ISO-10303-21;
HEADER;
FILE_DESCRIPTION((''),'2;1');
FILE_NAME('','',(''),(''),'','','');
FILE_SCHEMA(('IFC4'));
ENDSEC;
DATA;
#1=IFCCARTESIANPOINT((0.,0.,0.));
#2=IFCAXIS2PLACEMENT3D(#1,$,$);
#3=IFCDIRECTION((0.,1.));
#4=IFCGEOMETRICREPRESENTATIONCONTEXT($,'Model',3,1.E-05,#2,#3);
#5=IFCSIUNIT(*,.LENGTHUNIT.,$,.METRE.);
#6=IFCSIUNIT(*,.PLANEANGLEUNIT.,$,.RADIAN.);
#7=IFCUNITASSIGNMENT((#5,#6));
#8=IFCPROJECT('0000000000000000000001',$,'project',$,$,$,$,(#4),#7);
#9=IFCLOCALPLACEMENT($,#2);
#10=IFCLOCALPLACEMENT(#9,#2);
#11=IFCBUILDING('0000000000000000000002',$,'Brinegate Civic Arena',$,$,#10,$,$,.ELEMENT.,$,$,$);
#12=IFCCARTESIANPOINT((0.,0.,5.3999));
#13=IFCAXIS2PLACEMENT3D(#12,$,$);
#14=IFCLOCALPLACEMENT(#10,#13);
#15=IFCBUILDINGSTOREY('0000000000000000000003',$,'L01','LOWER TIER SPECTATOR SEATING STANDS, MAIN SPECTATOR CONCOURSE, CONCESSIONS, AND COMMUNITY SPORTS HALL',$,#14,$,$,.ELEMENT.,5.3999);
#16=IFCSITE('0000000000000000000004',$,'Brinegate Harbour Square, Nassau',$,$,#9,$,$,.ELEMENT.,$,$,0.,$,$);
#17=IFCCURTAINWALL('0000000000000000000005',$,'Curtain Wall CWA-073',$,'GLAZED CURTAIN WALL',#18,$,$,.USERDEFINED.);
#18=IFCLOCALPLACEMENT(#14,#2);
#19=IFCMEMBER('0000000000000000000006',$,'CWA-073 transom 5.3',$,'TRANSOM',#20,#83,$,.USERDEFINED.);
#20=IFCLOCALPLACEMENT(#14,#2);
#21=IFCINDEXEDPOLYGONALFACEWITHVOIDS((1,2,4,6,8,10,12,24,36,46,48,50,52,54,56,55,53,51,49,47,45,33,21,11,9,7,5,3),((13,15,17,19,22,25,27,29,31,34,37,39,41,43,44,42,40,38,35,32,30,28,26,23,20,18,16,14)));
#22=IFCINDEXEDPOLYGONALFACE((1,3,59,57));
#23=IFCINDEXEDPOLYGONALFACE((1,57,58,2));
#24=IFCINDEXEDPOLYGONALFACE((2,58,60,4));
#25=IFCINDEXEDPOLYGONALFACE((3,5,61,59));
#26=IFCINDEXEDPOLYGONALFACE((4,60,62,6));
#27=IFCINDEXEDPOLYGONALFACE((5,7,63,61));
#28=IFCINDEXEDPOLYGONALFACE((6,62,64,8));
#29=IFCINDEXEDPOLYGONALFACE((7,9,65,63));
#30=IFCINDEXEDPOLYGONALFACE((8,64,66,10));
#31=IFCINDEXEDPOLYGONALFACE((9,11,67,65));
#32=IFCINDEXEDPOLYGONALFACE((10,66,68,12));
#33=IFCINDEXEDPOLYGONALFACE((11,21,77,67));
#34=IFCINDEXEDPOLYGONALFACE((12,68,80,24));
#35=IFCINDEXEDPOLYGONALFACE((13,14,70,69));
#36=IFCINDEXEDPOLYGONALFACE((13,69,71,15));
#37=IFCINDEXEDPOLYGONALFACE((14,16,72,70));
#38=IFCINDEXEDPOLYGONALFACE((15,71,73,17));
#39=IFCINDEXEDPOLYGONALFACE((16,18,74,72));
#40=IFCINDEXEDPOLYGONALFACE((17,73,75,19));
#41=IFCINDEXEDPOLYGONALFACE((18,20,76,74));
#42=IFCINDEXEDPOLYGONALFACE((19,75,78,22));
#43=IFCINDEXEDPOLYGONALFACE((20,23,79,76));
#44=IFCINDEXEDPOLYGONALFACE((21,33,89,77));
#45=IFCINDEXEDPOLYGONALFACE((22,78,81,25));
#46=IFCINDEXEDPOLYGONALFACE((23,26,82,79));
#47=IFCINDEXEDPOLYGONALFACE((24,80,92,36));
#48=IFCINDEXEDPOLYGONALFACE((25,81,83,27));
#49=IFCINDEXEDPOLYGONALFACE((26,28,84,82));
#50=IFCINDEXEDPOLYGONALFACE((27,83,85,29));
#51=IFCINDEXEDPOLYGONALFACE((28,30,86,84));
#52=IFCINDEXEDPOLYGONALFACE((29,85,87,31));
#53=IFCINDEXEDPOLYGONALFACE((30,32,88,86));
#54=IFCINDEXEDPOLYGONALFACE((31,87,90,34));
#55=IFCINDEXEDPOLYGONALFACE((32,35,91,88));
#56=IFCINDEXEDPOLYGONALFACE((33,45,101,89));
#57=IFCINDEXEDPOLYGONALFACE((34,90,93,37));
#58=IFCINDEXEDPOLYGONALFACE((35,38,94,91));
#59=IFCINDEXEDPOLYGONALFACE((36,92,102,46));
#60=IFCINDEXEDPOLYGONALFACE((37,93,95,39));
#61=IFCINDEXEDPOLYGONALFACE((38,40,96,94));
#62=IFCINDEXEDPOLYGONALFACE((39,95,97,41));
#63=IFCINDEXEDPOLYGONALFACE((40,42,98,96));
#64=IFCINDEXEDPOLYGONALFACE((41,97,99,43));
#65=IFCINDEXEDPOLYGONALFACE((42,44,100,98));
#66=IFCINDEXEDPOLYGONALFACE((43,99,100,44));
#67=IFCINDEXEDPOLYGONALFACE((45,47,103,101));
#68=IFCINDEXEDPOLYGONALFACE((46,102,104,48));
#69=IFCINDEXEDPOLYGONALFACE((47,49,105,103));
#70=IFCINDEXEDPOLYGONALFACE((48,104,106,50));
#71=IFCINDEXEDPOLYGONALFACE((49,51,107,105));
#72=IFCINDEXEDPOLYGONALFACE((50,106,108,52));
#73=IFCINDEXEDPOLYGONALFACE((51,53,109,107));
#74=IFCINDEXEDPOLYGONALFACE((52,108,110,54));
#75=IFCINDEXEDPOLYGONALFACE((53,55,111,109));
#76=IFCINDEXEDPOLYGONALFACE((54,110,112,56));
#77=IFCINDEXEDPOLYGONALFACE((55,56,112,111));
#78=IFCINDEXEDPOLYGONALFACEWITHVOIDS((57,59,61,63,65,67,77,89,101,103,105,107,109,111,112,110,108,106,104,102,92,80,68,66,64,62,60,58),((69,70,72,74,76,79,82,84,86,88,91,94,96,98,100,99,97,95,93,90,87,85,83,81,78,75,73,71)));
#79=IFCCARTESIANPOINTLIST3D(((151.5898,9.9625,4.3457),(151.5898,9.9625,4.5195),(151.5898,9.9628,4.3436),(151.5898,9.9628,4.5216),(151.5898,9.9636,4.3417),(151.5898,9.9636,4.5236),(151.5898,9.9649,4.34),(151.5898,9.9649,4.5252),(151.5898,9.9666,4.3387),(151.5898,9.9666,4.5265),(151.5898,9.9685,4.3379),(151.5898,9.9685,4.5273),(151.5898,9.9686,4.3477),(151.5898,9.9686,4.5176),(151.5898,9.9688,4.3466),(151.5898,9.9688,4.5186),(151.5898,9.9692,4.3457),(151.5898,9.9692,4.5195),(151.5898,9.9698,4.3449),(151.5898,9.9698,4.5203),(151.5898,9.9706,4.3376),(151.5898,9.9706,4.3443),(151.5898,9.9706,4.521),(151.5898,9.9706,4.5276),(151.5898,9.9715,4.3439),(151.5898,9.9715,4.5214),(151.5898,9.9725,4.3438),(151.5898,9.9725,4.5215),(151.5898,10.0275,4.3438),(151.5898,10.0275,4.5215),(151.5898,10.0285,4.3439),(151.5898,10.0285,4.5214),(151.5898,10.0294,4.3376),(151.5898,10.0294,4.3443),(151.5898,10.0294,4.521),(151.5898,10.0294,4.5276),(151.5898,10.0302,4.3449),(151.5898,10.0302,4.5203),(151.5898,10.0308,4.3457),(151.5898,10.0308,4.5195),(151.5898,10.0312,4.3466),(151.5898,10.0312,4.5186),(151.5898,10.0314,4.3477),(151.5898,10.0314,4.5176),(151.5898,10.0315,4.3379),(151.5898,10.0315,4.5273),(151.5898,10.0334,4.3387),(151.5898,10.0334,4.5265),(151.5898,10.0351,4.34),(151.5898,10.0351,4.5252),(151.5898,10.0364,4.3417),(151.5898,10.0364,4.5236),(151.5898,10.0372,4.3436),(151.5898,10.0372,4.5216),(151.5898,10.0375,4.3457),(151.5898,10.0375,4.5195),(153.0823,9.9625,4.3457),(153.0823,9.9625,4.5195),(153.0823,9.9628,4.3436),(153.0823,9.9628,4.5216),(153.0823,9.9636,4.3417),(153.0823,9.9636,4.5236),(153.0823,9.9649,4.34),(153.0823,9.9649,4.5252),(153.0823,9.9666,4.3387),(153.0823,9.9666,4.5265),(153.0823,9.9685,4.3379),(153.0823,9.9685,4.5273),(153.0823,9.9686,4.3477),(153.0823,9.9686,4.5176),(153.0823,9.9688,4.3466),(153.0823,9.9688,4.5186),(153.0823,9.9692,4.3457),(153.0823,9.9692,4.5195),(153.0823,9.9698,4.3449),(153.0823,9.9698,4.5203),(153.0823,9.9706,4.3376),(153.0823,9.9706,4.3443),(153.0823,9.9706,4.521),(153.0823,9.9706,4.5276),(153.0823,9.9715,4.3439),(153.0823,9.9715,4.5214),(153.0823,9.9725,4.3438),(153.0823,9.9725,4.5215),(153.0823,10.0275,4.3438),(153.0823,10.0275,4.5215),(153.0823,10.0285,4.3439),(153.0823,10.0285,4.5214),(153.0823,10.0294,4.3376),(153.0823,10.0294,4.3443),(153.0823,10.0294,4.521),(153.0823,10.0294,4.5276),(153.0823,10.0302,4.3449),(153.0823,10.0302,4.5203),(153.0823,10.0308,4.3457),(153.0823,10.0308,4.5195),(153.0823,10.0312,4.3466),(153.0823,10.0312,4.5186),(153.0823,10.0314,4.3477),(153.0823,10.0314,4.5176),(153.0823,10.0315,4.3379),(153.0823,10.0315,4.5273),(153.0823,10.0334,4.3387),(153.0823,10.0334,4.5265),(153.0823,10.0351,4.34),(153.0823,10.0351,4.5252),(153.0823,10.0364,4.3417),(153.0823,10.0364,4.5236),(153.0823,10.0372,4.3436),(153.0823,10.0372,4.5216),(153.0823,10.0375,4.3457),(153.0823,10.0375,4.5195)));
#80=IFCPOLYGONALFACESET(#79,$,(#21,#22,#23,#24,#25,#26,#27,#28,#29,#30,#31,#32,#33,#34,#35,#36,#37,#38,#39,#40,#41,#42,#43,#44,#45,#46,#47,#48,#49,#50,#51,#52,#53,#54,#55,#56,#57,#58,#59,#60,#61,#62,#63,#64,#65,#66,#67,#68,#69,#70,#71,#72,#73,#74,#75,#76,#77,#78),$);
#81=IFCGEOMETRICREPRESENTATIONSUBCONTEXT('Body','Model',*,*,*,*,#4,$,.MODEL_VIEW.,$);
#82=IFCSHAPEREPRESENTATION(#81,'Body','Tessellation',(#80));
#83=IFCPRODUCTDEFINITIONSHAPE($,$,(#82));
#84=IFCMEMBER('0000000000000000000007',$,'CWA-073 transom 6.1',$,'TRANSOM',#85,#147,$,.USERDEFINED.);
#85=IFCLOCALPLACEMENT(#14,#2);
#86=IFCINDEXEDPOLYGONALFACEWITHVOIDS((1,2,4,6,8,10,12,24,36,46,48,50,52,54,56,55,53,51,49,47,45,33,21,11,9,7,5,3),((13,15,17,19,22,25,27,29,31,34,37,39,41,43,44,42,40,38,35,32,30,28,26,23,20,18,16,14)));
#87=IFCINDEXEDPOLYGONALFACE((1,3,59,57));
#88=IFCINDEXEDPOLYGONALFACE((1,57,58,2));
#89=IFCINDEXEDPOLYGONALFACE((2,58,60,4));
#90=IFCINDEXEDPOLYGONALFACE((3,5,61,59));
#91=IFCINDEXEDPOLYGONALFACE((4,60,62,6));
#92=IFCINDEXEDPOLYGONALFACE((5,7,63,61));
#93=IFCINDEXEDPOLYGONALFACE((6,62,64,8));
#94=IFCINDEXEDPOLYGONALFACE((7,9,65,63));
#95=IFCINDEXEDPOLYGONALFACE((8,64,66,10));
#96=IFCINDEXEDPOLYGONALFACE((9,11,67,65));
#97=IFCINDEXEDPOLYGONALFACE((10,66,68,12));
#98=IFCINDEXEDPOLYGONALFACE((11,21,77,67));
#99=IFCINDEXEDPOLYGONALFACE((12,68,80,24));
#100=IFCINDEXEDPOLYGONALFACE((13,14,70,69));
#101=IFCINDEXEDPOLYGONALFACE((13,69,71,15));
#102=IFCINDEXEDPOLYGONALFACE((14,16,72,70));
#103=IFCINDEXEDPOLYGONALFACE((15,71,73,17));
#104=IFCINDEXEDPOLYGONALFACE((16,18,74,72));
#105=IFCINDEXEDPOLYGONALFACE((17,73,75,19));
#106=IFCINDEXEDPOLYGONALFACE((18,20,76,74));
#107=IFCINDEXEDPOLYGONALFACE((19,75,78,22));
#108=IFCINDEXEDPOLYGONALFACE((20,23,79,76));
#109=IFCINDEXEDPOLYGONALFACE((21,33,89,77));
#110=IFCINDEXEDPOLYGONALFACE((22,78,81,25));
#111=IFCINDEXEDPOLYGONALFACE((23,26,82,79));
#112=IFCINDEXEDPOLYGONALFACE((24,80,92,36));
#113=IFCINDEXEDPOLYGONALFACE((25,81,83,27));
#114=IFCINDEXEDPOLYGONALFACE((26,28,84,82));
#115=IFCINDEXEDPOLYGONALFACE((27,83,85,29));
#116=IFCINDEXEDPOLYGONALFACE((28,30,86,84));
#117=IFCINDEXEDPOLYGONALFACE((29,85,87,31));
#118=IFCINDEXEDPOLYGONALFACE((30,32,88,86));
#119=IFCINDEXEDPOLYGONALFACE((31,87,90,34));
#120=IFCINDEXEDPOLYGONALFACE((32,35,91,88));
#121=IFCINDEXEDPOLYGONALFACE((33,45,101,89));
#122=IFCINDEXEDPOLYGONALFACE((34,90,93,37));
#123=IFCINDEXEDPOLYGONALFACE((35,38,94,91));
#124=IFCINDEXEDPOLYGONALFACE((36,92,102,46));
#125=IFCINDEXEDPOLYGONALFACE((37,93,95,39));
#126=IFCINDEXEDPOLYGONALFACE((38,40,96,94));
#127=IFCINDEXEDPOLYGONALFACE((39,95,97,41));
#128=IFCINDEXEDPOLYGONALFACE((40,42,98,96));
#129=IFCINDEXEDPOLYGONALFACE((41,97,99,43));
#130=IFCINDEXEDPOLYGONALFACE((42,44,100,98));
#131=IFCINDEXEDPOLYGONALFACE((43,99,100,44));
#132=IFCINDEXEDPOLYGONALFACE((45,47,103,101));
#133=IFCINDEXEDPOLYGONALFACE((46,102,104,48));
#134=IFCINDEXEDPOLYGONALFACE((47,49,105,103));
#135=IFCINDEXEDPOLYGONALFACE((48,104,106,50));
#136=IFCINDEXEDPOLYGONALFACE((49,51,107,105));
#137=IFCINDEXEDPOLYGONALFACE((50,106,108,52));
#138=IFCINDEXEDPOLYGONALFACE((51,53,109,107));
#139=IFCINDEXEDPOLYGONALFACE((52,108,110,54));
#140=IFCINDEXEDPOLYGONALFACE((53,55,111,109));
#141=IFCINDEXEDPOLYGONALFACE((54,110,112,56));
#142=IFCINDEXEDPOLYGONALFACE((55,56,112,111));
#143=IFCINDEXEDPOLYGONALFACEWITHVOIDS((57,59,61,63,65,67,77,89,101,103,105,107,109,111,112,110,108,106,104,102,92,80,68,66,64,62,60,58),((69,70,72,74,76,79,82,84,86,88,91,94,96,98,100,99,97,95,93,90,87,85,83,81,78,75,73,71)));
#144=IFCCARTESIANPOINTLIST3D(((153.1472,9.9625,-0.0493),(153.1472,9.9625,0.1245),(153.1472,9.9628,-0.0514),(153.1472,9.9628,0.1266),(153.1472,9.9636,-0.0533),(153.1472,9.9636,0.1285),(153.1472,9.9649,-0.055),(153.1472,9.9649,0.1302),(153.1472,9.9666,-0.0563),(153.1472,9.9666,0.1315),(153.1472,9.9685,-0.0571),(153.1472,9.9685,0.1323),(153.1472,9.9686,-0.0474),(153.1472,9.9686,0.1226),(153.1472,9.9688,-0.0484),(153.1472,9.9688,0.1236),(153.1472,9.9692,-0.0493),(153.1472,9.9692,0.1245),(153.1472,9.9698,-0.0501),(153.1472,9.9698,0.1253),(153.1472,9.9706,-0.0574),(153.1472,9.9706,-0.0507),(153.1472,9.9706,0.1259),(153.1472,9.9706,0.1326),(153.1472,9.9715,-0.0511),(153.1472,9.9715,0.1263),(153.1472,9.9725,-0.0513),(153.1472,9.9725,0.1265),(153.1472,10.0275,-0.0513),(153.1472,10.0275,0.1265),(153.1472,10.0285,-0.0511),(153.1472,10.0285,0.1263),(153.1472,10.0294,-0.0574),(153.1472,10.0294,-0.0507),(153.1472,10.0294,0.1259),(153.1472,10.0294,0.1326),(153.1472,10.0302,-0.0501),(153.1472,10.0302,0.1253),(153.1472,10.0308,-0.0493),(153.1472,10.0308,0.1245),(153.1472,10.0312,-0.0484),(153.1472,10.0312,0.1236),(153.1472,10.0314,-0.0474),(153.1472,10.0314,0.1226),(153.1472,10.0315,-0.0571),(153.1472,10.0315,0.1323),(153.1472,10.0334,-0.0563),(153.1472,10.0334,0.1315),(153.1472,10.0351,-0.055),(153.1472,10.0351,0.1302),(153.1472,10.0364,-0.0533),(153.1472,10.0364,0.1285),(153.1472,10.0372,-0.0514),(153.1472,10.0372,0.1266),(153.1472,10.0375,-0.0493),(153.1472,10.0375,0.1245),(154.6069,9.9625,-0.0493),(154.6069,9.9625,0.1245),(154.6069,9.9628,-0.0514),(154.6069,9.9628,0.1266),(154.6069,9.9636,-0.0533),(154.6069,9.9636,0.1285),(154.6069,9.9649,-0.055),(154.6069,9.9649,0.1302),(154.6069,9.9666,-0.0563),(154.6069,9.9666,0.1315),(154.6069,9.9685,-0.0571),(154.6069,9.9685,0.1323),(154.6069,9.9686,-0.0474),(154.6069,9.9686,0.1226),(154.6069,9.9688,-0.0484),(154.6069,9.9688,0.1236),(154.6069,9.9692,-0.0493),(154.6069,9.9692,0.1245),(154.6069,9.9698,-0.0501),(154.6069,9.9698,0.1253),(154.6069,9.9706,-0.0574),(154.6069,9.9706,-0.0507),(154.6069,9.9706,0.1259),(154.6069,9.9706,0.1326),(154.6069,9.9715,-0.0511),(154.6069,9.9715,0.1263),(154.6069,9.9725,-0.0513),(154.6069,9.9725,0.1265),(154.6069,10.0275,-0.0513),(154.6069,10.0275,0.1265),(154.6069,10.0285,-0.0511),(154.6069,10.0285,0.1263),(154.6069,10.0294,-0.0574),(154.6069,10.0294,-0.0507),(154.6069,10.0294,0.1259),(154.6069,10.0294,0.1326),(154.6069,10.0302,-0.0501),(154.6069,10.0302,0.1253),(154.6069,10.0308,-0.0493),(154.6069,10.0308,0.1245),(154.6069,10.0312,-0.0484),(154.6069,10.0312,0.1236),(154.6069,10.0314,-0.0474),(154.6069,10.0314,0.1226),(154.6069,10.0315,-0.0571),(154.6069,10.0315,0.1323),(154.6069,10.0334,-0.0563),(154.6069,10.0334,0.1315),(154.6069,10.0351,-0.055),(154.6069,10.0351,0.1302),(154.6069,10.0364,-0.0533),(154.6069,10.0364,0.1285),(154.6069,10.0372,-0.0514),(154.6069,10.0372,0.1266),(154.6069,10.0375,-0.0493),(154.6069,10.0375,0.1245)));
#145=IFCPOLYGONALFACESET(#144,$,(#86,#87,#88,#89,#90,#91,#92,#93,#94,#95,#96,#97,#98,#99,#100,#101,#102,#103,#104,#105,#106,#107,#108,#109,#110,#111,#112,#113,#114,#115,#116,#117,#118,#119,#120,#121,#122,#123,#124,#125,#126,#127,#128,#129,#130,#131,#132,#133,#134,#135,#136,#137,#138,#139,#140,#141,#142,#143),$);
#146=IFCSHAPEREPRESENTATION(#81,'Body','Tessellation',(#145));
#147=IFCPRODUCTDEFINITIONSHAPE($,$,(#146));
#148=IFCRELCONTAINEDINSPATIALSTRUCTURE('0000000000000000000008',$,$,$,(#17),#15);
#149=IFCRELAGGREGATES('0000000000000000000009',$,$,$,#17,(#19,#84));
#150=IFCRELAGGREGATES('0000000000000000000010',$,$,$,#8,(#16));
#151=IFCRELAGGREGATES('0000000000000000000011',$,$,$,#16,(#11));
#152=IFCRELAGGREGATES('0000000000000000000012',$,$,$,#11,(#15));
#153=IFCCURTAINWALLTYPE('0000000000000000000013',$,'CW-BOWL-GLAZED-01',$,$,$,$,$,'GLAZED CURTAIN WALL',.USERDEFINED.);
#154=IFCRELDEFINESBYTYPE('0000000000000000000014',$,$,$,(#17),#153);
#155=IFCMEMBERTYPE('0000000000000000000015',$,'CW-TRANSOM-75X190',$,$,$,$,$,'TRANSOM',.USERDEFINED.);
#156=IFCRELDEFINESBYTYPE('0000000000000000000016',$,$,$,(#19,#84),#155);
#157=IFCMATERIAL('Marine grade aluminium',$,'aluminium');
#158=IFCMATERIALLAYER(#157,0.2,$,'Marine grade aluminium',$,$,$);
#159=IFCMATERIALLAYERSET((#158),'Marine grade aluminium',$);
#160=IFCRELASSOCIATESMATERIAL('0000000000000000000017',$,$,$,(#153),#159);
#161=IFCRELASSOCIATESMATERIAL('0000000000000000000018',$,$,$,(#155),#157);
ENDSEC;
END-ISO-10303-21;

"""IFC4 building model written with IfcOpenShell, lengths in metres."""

from ifc_helpers import new_model, si_unit, direction, frame, origin, origin_2d, place, context, subcontext, project, spatial, hollow_rectangle, extrude, material, layer, layer_set, material_profile, profile_set, type_object, element, aggregate, save


model = new_model("IFC4")

# Units and contexts
model_context = context("Model", 3, precision=1e-05, world=origin(), true_north=direction((0.0, 1.0)))
body_context = subcontext(model_context, "Body", "Model", "MODEL_VIEW")
ifc_project = project(units=[si_unit("LENGTHUNIT", "METRE"), si_unit("PLANEANGLEUNIT", "RADIAN")], contexts=[model_context])

# Site, building, storey
site_placement = place(None, origin())
site = spatial("IfcSite", under=ifc_project, at=site_placement, Name="Brinegate Harbour Square, Nassau", CompositionType="ELEMENT", RefElevation=0.0)
building_placement = place(site_placement, origin())
building = spatial("IfcBuilding", under=site, at=building_placement, Name="Brinegate Civic Arena", CompositionType="ELEMENT")
storey_placement = place(building_placement, frame((0.0, 0.0, 5.3999)))
storey = spatial("IfcBuildingStorey", under=building, at=storey_placement, Name="L01", Description="LOWER TIER SPECTATOR SEATING STANDS, MAIN SPECTATOR CONCOURSE, CONCESSIONS, AND COMMUNITY SPORTS HALL", CompositionType="ELEMENT", Elevation=5.3999)

# Curtain wall, members
ifc_material_1 = material(Name="Marine grade aluminium", Category="aluminium")
ifc_layer_1 = layer(ifc_material_1, 0.2, Name="Marine grade aluminium")
ifc_layer_set_1 = layer_set([ifc_layer_1], Name="Marine grade aluminium")
curtain_wall_type = type_object("IfcCurtainWallType", Name="CW-BOWL-GLAZED-01", ElementType="GLAZED CURTAIN WALL", PredefinedType="USERDEFINED", material=ifc_layer_set_1)
curtain_wall_placement = place(storey_placement, origin())
curtain_wall = element("IfcCurtainWall", 1, at=curtain_wall_placement, inside=storey, type_object=curtain_wall_type, Name="Curtain Wall CWA-073", ObjectType="GLAZED CURTAIN WALL", PredefinedType="USERDEFINED")
ifc_material_profile_1 = material_profile(ifc_material_1, hollow_rectangle(XDim=0.075, YDim=0.1899, WallThickness=0.0061, InnerFilletRadius=0.0039, OuterFilletRadius=0.0081, at=origin_2d()), Name="TRN75X190")
ifc_profile_set_1 = profile_set([ifc_material_profile_1], Name="Marine grade aluminium")
member_type_1 = type_object("IfcMemberType", Name="CW-TRANSOM-75X190", ElementType="TRANSOM", PredefinedType="USERDEFINED", material=ifc_profile_set_1)
member_1_placement = place(storey_placement, frame((151.5898, 10.0, 4.4326), z_axis=(1.0, 0.0, 0.0), x_axis=(0.0, 1.0, 0.0)))
member_1 = element("IfcMember", 2, at=member_1_placement, type_object=member_type_1, Name="CWA-073 transom 5.3", ObjectType="TRANSOM", PredefinedType="USERDEFINED", context=body_context, shape_type="SweptSolid", body=[
    extrude(hollow_rectangle(XDim=0.075, YDim=0.1899, WallThickness=0.0061, InnerFilletRadius=0.0039, OuterFilletRadius=0.0081, at=origin_2d()), origin(), (0.0, 0.0, 1.0), 1.4924),
])
member_2_placement = place(storey_placement, frame((153.1472, 10.0, 0.0376), z_axis=(1.0, 0.0, 0.0), x_axis=(0.0, 1.0, 0.0)))
member_2 = element("IfcMember", 3, at=member_2_placement, type_object=member_type_1, Name="CWA-073 transom 6.1", ObjectType="TRANSOM", PredefinedType="USERDEFINED", context=body_context, shape_type="SweptSolid", body=[
    extrude(hollow_rectangle(XDim=0.075, YDim=0.1899, WallThickness=0.0061, InnerFilletRadius=0.0039, OuterFilletRadius=0.0081, at=origin_2d()), origin(), (0.0, 0.0, 1.0), 1.4597),
])

aggregate(curtain_wall, [member_1, member_2])

save(model, "model.ifc")
